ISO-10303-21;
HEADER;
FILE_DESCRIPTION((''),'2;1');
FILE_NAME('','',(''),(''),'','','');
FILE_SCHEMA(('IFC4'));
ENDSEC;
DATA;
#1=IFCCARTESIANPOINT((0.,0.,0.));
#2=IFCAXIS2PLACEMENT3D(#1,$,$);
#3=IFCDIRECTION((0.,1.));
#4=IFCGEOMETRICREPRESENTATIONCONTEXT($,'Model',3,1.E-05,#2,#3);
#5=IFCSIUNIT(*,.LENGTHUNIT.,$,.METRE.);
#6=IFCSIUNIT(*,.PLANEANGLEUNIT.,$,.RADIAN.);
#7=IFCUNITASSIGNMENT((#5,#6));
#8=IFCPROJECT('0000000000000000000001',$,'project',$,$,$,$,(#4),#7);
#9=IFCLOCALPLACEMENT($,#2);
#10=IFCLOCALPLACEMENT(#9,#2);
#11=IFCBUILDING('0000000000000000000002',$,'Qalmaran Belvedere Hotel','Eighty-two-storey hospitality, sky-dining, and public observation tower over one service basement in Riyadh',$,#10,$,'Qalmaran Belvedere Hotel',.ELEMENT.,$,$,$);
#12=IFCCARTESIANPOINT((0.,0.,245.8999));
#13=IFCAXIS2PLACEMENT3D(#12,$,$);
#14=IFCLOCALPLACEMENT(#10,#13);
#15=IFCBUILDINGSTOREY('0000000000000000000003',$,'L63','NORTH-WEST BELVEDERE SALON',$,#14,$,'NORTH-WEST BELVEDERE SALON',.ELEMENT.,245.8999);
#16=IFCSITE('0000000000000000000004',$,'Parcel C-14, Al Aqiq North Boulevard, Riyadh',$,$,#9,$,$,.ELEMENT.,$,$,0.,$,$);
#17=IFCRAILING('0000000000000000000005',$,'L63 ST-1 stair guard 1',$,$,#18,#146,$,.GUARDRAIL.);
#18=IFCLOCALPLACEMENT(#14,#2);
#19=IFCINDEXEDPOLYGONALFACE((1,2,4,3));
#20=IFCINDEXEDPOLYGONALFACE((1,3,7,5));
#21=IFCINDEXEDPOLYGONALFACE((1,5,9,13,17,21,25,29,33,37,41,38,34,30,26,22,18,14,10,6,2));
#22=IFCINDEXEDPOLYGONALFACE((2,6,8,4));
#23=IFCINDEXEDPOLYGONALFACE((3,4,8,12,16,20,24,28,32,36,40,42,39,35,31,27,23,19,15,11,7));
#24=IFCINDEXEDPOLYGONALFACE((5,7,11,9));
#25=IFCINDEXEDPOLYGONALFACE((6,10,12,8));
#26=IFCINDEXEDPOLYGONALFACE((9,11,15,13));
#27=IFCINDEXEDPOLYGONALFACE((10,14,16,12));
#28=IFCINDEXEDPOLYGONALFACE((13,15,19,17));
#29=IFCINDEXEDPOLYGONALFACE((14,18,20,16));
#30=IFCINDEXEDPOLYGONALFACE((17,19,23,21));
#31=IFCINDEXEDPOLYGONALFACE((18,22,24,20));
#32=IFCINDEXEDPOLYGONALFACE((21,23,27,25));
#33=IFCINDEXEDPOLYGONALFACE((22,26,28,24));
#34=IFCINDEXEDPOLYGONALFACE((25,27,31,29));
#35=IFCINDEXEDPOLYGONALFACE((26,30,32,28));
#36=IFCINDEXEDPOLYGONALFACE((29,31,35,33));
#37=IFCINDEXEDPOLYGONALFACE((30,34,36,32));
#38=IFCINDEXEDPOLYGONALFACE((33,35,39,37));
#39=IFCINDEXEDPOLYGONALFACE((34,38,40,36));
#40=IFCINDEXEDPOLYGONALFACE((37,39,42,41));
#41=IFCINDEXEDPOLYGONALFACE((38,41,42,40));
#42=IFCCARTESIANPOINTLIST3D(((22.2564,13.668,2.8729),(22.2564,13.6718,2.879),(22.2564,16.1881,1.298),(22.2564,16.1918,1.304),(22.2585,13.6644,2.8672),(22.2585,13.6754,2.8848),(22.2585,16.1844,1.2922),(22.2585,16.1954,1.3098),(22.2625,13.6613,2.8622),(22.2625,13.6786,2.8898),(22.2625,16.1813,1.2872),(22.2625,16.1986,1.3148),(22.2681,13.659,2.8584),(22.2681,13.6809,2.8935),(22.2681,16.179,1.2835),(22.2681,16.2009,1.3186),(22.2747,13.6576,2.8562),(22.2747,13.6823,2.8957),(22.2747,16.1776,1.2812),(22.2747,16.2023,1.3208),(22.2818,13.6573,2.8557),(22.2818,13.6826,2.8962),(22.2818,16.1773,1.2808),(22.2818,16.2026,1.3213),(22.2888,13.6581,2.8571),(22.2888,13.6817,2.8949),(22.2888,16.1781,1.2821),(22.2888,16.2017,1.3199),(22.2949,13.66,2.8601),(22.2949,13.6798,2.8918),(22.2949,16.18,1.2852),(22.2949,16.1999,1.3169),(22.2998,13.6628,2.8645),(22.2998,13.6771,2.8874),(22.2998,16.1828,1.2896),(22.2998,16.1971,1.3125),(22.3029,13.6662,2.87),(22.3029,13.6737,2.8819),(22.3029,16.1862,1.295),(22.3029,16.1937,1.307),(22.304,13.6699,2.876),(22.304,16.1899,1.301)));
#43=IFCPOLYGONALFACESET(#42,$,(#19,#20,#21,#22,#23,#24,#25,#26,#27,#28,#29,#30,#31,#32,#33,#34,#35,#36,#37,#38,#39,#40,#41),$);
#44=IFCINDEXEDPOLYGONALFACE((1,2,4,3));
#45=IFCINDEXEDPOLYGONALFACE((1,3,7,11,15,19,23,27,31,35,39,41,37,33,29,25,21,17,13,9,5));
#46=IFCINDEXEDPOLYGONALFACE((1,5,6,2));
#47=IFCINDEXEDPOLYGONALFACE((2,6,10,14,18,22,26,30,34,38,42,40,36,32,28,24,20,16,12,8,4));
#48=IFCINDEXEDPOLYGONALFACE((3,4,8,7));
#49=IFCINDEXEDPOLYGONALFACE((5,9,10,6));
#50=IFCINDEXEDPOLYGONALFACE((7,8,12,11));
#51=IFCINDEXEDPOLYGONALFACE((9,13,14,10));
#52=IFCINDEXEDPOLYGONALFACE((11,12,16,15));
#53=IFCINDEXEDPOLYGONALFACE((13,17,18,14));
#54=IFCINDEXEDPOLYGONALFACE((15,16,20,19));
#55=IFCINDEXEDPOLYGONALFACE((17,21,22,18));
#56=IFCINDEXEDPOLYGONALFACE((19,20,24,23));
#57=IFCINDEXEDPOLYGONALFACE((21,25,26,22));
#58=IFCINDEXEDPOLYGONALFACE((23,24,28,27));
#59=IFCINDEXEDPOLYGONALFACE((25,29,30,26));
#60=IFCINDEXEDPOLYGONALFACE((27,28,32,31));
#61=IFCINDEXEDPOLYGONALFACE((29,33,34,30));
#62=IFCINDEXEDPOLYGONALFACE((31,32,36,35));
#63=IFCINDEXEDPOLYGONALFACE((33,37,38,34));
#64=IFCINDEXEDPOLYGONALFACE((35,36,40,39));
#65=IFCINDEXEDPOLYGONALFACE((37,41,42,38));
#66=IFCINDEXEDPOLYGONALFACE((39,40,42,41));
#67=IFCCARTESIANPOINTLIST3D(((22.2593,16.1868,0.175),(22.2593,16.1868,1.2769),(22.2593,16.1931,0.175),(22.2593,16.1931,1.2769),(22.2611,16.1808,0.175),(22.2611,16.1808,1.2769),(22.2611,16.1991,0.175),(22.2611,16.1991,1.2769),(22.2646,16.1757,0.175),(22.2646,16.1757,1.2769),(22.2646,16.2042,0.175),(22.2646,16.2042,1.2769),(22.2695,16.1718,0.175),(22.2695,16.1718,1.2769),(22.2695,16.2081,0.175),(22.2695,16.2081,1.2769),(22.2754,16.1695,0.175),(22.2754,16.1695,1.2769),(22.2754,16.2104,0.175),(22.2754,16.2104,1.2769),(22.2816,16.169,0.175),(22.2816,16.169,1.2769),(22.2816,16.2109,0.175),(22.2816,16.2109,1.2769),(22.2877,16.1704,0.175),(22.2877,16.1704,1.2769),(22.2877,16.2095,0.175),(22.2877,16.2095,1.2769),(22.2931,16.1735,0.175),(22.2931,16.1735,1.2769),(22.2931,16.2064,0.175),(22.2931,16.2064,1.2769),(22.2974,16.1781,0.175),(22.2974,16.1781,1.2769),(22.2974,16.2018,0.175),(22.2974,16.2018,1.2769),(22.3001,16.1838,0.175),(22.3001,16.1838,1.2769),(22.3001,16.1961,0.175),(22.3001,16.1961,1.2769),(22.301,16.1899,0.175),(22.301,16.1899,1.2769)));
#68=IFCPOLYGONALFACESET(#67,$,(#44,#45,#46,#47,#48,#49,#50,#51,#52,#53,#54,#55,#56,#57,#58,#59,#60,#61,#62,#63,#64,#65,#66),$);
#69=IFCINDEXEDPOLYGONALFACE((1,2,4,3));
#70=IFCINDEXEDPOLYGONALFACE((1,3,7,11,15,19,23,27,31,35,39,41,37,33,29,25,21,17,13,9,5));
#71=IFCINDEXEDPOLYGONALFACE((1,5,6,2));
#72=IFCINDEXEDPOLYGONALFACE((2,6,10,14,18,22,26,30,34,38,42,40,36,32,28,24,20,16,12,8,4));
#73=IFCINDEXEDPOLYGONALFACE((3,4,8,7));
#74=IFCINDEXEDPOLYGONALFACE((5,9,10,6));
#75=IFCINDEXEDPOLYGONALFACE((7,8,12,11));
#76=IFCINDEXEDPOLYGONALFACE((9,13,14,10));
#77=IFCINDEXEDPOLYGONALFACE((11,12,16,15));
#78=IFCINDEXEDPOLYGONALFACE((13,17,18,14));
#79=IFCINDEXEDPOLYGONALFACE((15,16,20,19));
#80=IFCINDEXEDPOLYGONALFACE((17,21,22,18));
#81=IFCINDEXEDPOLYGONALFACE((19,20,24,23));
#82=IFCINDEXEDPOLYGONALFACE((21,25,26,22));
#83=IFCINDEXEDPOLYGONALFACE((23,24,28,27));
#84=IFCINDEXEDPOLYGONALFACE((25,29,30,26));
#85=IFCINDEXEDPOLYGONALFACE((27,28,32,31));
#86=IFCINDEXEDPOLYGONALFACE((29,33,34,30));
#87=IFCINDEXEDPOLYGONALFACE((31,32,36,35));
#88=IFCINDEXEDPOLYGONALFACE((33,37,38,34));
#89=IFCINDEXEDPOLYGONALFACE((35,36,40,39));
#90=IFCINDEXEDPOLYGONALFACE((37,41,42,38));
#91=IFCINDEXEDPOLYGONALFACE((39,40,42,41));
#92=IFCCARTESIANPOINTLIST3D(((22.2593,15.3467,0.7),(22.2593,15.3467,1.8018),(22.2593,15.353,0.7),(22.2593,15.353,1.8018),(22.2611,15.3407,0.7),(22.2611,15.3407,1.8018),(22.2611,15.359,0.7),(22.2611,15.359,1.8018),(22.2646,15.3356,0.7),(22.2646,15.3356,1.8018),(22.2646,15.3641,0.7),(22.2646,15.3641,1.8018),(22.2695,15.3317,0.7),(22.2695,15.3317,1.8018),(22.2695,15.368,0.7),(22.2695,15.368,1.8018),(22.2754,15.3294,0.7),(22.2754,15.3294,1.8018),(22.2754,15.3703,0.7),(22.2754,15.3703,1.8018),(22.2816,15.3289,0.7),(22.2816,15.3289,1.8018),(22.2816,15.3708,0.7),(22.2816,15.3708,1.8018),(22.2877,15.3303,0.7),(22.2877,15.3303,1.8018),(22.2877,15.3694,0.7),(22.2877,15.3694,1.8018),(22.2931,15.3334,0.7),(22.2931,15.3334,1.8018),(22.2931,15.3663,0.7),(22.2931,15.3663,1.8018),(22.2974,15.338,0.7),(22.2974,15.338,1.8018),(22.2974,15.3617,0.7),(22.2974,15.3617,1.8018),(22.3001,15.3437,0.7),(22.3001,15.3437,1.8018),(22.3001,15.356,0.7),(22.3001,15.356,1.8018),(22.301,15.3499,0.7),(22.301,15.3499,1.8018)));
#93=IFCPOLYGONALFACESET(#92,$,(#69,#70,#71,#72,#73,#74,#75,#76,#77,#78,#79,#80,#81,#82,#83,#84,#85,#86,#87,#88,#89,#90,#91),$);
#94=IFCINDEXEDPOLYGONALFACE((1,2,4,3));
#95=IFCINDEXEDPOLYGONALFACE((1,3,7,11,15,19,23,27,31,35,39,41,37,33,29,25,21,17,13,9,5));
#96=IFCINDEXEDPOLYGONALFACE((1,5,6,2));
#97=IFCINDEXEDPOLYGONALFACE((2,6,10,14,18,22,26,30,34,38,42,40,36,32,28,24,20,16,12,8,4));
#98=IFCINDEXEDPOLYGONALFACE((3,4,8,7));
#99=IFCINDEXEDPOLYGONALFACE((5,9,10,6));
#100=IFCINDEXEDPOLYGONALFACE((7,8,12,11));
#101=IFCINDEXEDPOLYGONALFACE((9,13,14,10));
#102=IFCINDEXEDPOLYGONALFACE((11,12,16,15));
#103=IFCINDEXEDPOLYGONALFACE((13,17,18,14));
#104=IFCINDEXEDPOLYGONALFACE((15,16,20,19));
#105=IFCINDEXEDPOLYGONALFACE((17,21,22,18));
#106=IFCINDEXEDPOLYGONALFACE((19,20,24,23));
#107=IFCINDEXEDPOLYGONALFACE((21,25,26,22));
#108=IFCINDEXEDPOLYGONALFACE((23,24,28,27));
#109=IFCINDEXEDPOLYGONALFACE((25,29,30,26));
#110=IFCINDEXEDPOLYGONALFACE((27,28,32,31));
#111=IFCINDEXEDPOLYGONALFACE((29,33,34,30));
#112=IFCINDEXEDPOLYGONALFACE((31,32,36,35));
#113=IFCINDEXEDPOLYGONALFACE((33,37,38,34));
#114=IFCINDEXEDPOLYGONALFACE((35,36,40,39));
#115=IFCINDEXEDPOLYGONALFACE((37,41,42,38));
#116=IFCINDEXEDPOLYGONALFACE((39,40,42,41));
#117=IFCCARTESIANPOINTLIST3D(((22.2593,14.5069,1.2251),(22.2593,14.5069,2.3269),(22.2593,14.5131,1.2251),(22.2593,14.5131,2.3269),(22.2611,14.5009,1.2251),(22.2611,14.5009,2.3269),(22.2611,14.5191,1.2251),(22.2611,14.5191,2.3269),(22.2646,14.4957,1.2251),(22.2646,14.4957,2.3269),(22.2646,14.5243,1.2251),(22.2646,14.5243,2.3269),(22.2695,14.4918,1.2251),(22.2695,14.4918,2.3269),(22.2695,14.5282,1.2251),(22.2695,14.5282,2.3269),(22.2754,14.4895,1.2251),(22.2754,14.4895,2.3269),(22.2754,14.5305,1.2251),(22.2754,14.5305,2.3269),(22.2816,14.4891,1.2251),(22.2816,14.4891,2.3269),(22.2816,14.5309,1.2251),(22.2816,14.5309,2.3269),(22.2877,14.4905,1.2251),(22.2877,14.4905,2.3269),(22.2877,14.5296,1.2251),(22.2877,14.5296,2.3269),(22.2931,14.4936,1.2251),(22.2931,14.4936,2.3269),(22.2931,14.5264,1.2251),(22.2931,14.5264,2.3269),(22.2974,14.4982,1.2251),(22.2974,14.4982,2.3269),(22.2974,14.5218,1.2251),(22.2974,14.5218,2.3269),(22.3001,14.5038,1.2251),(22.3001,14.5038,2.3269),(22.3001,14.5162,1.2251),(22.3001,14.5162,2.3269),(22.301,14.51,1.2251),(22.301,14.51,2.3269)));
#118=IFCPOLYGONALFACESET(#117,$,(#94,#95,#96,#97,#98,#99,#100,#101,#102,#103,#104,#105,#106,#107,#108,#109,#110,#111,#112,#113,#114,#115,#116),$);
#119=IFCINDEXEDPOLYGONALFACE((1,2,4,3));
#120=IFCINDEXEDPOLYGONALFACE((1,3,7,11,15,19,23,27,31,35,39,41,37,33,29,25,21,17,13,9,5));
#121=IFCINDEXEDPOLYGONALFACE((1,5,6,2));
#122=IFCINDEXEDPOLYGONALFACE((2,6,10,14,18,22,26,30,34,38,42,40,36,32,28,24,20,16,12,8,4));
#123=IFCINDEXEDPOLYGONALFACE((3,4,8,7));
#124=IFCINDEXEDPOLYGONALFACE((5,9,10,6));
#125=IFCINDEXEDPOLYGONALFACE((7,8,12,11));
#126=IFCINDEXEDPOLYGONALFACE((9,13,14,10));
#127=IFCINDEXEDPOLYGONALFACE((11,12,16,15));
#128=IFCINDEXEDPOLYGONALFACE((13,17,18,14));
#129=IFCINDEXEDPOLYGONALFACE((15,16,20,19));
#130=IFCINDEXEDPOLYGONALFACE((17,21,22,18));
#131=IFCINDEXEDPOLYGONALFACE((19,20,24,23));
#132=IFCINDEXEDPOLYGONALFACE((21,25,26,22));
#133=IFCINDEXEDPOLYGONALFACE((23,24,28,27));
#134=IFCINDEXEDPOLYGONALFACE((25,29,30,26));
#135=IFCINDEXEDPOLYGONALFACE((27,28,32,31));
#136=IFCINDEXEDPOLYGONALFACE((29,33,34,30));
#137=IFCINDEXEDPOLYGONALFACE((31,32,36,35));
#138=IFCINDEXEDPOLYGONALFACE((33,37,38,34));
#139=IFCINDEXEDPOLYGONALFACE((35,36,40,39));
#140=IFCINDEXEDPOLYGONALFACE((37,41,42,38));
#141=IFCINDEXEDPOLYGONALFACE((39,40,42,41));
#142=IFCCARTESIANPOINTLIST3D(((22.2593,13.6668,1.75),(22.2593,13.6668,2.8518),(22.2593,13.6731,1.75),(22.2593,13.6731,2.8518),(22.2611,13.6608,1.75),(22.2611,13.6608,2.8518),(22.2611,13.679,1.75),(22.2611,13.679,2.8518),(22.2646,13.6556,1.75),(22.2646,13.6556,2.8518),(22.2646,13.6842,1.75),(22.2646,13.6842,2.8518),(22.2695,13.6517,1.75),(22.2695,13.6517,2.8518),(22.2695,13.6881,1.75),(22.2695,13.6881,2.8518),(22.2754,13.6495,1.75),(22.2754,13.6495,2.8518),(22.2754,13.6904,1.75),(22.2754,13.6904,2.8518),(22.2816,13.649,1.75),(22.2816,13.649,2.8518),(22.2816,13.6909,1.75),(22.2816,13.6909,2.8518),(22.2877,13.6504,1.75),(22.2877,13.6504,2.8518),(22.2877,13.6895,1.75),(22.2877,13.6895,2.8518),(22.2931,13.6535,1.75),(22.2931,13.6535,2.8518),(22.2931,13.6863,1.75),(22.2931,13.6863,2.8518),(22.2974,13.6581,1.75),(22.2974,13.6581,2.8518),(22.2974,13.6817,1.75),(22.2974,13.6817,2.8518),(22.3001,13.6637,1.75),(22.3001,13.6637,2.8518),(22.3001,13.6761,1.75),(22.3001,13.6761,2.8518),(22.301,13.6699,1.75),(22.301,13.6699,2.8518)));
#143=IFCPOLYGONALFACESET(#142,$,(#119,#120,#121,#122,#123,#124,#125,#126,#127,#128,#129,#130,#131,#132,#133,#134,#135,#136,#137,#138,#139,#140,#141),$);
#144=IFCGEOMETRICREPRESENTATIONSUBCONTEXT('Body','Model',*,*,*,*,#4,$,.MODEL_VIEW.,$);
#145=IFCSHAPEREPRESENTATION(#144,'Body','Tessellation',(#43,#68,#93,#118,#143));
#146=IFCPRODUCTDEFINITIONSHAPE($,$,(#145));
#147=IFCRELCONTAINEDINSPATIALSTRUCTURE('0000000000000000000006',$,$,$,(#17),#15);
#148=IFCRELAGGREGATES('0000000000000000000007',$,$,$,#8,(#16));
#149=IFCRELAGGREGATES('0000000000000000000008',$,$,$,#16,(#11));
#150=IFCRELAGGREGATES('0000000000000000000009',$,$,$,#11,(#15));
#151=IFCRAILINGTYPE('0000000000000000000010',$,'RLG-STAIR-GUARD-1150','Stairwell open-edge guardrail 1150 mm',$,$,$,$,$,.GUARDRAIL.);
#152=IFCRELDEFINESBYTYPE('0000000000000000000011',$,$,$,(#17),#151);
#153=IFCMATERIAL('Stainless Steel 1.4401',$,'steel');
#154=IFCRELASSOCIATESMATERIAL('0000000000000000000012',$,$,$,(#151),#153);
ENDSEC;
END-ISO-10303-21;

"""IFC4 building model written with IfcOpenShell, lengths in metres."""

from ifc_helpers import new_model, si_unit, direction, frame, origin, origin_2d, place, context, subcontext, project, spatial, circle, extrude, material, type_object, element, save


model = new_model("IFC4")

# Units and contexts
model_context = context("Model", 3, precision=1e-05, world=origin(), true_north=direction((0.0, 1.0)))
body_context = subcontext(model_context, "Body", "Model", "MODEL_VIEW")
ifc_project = project(units=[si_unit("LENGTHUNIT", "METRE"), si_unit("PLANEANGLEUNIT", "RADIAN")], contexts=[model_context])

# Site, building, storey
site_placement = place(None, origin())
site = spatial("IfcSite", under=ifc_project, at=site_placement, Name="Parcel C-14, Al Aqiq North Boulevard, Riyadh", CompositionType="ELEMENT", RefElevation=0.0)
building_placement = place(site_placement, origin())
building = spatial("IfcBuilding", under=site, at=building_placement, Name="Qalmaran Belvedere Hotel", Description="Eighty-two-storey hospitality, sky-dining, and public observation tower over one service basement in Riyadh", LongName="Qalmaran Belvedere Hotel", CompositionType="ELEMENT")
storey_placement = place(building_placement, frame((0.0, 0.0, 245.8999)))
storey = spatial("IfcBuildingStorey", under=building, at=storey_placement, Name="L63", Description="NORTH-WEST BELVEDERE SALON", LongName="NORTH-WEST BELVEDERE SALON", CompositionType="ELEMENT", Elevation=245.8999)

# Shared definitions
ifc_material_1 = material(Name="Stainless Steel 1.4401", Category="steel")

# Railing
railing_type_1 = type_object("IfcRailingType", Name="RLG-STAIR-GUARD-1150", Description="Stairwell open-edge guardrail 1150 mm", PredefinedType="GUARDRAIL", material=ifc_material_1)
railing_1_placement = place(storey_placement, frame((22.28, 16.1899, 0.175)))
element("IfcRailing", 1, at=railing_1_placement, inside=storey, type_object=railing_type_1, Name="L63 ST-1 stair guard 1", PredefinedType="GUARDRAIL", context=body_context, shape_type="SweptSolid", body=[
    extrude(circle(Radius=0.0239, at=origin_2d()), frame((0.0, 0.0, 1.126), z_axis=(0.0, -0.848008, 0.529984), x_axis=(1.0, 0.0, 0.0)), (0.0, 0.0, 1.0), 2.9717),
    extrude(circle(Radius=0.021, at=origin_2d()), origin(), (0.0, 0.0, 1.0), 1.1018),
    extrude(circle(Radius=0.021, at=origin_2d()), frame((0.0, -0.8401, 0.5249)), (0.0, 0.0, 1.0), 1.1018),
    extrude(circle(Radius=0.021, at=origin_2d()), frame((0.0, -1.6799, 1.05)), (0.0, 0.0, 1.0), 1.1018),
    extrude(circle(Radius=0.021, at=origin_2d()), frame((0.0, -2.52, 1.575)), (0.0, 0.0, 1.0), 1.1018),
])

save(model, "model.ifc")
